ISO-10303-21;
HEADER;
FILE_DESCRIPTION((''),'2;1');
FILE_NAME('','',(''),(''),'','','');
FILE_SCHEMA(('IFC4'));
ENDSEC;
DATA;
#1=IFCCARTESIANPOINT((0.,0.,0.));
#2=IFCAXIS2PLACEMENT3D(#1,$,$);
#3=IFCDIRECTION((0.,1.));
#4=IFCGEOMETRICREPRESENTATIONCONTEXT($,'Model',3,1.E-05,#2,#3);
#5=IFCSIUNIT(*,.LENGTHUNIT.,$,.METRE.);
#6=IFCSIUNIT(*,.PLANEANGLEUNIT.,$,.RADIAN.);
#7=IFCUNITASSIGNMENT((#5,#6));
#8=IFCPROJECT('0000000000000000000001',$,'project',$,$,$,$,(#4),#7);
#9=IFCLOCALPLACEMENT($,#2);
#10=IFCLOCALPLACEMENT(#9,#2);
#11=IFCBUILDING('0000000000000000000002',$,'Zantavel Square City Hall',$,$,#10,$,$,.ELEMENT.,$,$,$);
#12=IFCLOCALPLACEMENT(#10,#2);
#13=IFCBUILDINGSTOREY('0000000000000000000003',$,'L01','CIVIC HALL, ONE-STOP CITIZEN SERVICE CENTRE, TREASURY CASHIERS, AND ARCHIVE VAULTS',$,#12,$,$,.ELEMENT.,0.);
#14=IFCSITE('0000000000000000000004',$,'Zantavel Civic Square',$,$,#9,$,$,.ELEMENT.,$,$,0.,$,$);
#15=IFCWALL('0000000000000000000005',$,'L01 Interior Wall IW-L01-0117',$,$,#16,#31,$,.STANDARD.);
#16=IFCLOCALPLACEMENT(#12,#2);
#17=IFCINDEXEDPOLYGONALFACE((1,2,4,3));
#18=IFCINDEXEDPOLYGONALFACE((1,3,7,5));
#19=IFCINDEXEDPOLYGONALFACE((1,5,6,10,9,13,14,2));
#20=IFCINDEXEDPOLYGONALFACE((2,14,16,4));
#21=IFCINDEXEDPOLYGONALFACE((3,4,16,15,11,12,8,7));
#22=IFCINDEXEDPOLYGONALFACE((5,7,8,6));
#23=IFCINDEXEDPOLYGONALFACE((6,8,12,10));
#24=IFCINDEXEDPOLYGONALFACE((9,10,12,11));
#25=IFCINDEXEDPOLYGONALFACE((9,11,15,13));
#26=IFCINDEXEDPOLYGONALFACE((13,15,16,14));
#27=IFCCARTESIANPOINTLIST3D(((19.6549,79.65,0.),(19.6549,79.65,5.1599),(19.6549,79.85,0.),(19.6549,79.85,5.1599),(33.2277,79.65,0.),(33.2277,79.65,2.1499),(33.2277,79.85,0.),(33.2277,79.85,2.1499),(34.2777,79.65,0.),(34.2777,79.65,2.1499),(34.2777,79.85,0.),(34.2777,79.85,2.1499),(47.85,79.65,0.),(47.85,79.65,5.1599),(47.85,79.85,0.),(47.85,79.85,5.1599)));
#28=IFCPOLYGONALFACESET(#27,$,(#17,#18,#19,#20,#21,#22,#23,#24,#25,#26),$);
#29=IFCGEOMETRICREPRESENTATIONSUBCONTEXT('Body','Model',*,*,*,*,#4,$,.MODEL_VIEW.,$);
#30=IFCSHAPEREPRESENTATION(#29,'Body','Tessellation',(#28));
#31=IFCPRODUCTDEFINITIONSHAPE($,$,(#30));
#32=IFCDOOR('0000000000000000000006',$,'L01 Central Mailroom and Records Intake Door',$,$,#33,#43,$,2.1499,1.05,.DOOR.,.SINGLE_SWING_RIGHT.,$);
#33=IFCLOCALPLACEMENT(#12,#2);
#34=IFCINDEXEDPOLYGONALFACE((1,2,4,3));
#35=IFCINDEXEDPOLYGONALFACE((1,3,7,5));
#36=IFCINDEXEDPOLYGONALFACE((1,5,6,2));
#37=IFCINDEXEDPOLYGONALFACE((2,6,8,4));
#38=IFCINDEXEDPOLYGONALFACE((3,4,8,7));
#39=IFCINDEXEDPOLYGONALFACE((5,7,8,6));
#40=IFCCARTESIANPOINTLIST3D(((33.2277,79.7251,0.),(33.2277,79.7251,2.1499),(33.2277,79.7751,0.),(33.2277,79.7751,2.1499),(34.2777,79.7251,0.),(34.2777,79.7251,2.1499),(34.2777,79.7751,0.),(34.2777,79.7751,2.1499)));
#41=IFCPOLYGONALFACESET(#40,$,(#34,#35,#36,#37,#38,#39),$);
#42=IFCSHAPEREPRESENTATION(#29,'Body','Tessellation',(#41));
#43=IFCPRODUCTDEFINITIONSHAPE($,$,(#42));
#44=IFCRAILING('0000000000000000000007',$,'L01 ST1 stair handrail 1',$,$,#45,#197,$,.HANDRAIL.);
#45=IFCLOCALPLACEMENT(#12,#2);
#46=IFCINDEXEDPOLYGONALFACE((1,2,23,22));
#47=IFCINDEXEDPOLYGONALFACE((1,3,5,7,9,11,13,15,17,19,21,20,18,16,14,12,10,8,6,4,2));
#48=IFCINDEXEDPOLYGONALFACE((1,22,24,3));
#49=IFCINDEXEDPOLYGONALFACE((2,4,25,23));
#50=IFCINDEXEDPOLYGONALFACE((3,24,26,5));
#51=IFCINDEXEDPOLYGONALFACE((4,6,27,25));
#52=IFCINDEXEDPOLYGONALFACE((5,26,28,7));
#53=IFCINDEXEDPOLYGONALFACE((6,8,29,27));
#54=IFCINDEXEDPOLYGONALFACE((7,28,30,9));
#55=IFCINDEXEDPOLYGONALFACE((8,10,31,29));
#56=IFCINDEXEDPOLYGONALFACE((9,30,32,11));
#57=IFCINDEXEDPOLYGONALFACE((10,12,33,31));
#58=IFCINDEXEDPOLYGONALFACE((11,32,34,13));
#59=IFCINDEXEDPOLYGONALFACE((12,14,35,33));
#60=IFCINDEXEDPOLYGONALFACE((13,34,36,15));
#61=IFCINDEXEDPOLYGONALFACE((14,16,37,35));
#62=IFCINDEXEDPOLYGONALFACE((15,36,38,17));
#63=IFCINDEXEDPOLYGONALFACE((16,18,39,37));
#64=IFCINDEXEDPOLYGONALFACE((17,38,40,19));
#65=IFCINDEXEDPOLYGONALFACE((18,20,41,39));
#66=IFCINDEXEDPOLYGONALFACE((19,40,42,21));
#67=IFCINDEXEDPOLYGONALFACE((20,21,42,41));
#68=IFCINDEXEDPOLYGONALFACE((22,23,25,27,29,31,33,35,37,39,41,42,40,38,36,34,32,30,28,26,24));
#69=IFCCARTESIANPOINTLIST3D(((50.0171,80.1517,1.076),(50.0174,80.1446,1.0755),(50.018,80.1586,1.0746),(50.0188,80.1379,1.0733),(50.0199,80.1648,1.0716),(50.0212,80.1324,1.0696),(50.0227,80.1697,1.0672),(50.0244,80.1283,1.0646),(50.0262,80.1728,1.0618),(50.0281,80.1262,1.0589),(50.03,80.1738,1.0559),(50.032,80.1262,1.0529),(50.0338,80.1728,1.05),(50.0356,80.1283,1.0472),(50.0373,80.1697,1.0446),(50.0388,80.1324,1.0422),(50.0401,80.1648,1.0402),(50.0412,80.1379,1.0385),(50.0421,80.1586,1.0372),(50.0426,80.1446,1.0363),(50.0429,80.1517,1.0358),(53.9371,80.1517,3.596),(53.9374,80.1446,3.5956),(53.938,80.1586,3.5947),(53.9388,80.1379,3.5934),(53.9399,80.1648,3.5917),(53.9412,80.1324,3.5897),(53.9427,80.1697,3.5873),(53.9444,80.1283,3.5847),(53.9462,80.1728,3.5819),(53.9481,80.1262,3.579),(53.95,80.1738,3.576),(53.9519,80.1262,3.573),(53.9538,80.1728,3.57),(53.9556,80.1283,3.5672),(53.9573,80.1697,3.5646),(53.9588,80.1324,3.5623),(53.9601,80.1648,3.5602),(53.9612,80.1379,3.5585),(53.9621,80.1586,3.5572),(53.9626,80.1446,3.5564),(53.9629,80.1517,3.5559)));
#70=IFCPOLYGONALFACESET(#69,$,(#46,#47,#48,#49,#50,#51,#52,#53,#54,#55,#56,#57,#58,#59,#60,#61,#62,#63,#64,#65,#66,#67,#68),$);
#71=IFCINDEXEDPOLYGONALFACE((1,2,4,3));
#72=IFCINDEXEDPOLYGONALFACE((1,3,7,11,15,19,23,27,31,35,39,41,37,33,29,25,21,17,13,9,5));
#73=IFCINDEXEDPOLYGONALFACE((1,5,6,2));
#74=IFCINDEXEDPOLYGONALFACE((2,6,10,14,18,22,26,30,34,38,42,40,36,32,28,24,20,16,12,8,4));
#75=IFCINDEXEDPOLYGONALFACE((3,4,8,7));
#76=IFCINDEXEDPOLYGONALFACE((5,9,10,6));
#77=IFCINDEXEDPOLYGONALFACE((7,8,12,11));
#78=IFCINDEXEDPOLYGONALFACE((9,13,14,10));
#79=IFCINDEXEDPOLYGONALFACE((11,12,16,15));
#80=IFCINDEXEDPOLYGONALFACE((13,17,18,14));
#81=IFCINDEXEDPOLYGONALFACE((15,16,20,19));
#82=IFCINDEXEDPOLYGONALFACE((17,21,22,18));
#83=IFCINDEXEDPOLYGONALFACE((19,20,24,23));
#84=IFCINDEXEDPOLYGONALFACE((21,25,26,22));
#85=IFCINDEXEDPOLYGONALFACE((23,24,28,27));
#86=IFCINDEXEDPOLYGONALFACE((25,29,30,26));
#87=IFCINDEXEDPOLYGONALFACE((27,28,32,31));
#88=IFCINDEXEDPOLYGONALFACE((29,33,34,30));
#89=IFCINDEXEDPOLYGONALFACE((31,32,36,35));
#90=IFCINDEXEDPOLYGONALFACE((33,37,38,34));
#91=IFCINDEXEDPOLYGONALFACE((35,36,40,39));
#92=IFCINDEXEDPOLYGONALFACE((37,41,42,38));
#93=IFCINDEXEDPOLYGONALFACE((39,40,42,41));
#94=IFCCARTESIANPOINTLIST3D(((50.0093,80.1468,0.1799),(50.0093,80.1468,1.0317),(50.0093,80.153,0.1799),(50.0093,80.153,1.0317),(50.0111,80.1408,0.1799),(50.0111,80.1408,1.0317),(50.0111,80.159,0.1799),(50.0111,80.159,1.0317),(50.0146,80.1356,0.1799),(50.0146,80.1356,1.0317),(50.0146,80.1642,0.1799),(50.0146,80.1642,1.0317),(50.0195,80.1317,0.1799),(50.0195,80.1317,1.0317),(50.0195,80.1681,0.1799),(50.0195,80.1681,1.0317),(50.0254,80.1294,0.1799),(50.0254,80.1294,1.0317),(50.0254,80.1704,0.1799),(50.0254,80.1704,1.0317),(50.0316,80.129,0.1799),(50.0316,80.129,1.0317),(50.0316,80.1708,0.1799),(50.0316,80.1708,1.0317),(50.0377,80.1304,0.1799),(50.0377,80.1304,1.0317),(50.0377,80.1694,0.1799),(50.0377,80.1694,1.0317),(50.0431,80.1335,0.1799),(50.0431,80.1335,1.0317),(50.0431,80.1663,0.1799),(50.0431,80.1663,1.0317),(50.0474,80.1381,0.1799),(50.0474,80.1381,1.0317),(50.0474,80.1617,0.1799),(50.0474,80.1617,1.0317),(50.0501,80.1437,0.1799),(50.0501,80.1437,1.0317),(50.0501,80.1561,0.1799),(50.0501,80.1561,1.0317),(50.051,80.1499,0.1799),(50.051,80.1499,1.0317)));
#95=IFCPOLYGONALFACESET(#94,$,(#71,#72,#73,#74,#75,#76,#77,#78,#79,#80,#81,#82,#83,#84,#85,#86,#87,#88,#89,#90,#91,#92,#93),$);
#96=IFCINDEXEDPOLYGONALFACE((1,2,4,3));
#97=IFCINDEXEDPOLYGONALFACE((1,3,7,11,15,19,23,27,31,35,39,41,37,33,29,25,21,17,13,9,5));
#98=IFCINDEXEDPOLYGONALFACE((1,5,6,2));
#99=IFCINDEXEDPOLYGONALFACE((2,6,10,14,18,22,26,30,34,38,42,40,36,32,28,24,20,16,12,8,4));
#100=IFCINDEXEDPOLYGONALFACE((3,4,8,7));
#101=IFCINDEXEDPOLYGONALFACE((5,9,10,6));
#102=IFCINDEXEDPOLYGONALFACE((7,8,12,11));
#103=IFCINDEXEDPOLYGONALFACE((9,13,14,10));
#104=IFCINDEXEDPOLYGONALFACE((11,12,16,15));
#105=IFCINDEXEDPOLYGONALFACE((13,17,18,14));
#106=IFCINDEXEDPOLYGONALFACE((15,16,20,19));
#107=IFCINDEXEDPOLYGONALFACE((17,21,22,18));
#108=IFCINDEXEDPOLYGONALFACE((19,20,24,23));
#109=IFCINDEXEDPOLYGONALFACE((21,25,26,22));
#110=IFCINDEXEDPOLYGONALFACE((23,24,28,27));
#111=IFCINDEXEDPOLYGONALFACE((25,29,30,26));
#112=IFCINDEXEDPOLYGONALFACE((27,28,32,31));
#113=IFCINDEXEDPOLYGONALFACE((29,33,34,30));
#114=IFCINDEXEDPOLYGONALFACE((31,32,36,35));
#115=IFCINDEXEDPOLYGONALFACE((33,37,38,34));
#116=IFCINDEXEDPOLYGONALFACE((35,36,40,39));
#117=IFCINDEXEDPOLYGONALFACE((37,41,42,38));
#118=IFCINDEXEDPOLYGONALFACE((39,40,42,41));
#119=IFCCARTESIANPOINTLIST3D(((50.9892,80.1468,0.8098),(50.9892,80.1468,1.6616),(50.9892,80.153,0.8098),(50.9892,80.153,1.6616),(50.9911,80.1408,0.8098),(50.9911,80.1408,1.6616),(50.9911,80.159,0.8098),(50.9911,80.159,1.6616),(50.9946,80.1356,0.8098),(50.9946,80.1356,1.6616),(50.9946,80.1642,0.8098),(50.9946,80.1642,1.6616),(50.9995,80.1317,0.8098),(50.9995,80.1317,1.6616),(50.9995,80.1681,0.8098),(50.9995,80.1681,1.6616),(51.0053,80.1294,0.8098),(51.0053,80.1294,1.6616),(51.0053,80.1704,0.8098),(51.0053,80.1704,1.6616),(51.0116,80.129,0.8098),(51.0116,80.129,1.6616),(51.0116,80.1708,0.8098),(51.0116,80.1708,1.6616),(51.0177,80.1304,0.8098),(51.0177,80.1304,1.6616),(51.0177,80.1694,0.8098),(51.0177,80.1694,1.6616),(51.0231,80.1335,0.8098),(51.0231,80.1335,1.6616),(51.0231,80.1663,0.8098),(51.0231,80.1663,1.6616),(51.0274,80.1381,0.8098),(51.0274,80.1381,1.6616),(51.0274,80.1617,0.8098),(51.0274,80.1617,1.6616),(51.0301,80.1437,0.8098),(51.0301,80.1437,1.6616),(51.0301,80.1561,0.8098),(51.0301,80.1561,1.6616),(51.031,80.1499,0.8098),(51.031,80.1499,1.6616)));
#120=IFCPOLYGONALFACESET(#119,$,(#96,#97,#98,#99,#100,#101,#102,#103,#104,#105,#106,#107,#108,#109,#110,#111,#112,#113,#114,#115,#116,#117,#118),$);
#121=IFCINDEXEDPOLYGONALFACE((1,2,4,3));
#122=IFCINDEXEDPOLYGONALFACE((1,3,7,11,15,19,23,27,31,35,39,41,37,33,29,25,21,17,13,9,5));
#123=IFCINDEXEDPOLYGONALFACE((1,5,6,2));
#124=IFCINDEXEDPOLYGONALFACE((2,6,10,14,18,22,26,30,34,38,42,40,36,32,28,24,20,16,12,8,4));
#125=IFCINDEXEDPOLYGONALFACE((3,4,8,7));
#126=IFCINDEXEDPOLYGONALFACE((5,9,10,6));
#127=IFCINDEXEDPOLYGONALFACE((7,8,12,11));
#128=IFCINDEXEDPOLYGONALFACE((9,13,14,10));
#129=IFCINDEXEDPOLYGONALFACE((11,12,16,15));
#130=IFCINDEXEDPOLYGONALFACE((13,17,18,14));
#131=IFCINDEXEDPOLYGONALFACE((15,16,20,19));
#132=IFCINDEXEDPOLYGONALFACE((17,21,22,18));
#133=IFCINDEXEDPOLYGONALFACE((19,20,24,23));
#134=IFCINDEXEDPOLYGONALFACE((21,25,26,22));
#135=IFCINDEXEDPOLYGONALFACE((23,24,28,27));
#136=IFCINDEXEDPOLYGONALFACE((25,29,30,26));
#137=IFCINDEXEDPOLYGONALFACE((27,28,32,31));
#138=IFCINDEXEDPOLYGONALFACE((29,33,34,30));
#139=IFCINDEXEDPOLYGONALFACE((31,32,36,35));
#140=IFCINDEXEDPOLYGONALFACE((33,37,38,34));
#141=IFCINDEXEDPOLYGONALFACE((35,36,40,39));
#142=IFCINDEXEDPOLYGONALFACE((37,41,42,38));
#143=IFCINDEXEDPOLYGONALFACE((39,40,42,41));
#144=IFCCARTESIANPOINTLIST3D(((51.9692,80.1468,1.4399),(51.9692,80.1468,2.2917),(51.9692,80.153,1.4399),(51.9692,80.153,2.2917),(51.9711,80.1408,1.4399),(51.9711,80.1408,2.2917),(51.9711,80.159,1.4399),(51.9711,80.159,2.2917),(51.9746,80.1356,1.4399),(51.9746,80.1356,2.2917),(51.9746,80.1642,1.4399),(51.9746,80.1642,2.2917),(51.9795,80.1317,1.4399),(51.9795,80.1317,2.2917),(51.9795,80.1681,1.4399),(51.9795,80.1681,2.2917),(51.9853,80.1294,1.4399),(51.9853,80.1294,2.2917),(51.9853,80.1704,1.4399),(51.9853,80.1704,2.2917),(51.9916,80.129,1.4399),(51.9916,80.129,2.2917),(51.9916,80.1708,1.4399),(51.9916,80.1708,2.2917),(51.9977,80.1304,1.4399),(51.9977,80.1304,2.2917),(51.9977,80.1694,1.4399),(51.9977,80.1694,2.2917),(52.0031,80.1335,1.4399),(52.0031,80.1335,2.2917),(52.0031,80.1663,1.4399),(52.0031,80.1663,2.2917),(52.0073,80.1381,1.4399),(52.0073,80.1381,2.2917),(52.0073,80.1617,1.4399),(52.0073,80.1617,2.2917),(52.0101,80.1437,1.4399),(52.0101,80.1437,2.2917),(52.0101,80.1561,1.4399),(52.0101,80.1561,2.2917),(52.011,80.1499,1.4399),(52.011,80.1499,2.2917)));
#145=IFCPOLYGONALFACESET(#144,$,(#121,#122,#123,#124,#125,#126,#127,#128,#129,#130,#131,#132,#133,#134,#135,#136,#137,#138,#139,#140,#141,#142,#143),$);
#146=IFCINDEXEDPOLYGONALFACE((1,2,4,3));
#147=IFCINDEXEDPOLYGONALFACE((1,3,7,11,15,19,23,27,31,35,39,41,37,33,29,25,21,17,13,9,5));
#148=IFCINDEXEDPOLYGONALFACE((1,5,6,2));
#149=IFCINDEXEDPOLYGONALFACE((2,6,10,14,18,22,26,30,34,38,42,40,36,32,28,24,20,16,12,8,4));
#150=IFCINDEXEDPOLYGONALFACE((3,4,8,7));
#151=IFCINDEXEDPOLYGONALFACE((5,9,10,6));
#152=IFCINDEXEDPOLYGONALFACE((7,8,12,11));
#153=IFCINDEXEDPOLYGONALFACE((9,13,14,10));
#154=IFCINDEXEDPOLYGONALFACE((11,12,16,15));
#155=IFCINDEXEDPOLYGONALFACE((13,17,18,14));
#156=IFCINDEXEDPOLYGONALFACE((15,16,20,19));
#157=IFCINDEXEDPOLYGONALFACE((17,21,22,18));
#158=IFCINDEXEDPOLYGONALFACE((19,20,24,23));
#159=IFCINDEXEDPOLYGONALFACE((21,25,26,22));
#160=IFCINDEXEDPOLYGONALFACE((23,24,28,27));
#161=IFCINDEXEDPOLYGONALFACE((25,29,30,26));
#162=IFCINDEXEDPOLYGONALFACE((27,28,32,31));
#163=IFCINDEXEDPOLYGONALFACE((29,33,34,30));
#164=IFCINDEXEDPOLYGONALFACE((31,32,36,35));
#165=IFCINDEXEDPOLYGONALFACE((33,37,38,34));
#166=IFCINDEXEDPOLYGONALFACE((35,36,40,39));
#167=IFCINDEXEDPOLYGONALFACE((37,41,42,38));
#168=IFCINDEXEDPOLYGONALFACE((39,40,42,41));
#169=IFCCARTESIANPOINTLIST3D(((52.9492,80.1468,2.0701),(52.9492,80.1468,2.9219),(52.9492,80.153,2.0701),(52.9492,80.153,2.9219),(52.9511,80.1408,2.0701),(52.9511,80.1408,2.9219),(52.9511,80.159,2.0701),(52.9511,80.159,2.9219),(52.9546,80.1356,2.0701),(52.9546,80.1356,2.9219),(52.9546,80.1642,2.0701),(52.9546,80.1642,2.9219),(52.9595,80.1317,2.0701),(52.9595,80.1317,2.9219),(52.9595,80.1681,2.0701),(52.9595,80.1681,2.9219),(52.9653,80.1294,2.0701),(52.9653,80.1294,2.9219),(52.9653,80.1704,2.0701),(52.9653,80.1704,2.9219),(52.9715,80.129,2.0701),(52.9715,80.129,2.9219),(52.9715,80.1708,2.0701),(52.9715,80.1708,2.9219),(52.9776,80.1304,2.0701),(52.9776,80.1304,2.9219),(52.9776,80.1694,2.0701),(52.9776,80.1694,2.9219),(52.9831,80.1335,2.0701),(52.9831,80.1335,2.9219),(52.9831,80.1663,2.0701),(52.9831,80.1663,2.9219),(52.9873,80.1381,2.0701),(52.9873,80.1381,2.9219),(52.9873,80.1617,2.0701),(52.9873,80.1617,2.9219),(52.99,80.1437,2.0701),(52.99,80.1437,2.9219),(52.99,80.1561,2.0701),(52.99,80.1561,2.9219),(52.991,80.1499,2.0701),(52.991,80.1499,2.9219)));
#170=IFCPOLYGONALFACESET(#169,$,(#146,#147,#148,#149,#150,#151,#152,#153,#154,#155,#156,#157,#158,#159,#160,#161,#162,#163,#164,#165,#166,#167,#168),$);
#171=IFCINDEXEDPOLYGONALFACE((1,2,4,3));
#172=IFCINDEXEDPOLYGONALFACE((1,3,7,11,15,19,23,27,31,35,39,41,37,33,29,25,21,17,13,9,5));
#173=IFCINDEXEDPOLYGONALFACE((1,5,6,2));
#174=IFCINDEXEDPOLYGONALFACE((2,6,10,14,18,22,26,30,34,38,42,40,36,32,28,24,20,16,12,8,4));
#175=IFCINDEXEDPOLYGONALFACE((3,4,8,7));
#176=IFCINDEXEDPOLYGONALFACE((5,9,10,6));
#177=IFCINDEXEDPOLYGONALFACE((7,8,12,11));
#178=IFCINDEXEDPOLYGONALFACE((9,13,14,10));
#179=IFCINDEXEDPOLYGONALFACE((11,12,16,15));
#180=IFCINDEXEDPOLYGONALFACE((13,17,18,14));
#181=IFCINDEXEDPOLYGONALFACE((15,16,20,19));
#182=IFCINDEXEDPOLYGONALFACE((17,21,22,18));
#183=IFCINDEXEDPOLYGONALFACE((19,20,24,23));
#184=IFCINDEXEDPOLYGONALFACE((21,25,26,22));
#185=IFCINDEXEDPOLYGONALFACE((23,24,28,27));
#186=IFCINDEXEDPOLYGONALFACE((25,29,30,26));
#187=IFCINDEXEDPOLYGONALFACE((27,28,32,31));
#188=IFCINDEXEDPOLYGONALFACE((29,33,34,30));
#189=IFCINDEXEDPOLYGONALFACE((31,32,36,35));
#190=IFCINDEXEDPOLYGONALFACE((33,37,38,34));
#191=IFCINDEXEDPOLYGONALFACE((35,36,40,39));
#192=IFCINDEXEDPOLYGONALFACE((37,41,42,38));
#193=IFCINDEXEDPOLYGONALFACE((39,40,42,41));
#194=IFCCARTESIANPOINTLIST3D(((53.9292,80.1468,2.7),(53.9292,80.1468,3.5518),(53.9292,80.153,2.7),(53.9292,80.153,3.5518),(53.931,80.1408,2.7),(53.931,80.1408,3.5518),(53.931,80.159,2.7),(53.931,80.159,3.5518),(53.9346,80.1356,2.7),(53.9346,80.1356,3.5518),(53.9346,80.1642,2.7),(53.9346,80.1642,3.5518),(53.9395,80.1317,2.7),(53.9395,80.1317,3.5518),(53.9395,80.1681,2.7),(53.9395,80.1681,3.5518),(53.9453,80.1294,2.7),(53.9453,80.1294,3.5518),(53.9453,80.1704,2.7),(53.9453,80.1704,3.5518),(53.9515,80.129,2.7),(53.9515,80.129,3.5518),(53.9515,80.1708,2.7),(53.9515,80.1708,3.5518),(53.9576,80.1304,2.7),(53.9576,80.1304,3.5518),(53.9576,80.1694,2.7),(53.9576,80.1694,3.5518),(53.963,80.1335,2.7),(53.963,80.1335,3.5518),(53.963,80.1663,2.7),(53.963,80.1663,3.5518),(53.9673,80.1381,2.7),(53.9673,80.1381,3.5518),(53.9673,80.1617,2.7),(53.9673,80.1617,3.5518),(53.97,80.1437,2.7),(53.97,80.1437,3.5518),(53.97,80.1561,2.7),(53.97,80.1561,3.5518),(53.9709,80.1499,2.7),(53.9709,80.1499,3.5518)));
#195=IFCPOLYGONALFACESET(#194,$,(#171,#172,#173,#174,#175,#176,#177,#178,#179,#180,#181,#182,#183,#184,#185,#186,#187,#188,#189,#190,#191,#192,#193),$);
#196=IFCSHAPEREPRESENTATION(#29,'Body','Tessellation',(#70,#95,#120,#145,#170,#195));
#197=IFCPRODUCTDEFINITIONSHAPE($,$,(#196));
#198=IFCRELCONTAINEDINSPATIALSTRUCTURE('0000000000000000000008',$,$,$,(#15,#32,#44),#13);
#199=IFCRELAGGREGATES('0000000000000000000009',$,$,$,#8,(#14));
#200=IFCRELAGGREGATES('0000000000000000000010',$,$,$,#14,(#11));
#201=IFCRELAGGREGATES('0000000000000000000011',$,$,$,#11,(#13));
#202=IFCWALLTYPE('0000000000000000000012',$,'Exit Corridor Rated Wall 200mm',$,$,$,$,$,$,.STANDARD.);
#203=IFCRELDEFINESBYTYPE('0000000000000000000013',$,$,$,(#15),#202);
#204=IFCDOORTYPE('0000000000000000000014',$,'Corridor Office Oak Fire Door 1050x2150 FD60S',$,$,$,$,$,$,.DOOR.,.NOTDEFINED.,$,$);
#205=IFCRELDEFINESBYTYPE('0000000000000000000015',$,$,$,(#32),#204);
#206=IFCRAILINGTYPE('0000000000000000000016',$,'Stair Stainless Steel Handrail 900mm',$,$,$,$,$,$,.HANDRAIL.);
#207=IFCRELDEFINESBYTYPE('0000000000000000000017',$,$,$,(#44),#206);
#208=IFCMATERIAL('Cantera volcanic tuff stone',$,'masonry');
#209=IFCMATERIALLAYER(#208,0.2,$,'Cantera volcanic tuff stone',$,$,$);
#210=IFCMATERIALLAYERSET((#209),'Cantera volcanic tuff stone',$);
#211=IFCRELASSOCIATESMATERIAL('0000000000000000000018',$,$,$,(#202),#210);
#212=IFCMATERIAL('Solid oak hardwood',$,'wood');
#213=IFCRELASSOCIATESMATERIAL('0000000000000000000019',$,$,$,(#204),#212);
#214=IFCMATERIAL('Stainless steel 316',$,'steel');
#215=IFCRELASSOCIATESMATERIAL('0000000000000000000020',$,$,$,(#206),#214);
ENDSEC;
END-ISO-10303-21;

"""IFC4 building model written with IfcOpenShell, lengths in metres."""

from ifc_helpers import new_model, si_unit, direction, frame, frame_2d, origin, origin_2d, place, context, subcontext, project, spatial, rectangle, circle, extrude, material, layer, layer_set, type_object, element, fill, save


model = new_model("IFC4")

# Units and contexts
model_context = context("Model", 3, precision=1e-05, world=origin(), true_north=direction((0.0, 1.0)))
body_context = subcontext(model_context, "Body", "Model", "MODEL_VIEW")
ifc_project = project(units=[si_unit("LENGTHUNIT", "METRE"), si_unit("PLANEANGLEUNIT", "RADIAN")], contexts=[model_context])

# Site, building, storey
site_placement = place(None, origin())
site = spatial("IfcSite", under=ifc_project, at=site_placement, Name="Zantavel Civic Square", CompositionType="ELEMENT", RefElevation=0.0)
building_placement = place(site_placement, origin())
building = spatial("IfcBuilding", under=site, at=building_placement, Name="Zantavel Square City Hall", CompositionType="ELEMENT")
storey_placement = place(building_placement, origin())
storey = spatial("IfcBuildingStorey", under=building, at=storey_placement, Name="L01", Description="CIVIC HALL, ONE-STOP CITIZEN SERVICE CENTRE, TREASURY CASHIERS, AND ARCHIVE VAULTS", CompositionType="ELEMENT", Elevation=0.0)

# Shared definitions
ifc_material_1 = material(Name="Cantera volcanic tuff stone", Category="masonry")
ifc_layer_1 = layer(ifc_material_1, 0.2, Name="Cantera volcanic tuff stone")
ifc_layer_set_1 = layer_set([ifc_layer_1], Name="Cantera volcanic tuff stone")
wall_type_1 = type_object("IfcWallType", Name="Exit Corridor Rated Wall 200mm", PredefinedType="STANDARD", material=ifc_layer_set_1)

# Shared definitions
ifc_material_2 = material(Name="Solid oak hardwood", Category="wood")

# Wall, opening, door
wall_1_placement = place(storey_placement, frame((47.8501, 79.75, 0.0), z_axis=(0.0, 0.0, 1.0), x_axis=(-1.0, 0.0, 0.0)))
wall_1 = element("IfcWall", 1, at=wall_1_placement, inside=storey, type_object=wall_type_1, Name="L01 Interior Wall IW-L01-0117", PredefinedType="STANDARD", context=body_context, shape_type="SweptSolid", body=[
    extrude(rectangle(XDim=28.1951, YDim=0.2, at=frame_2d((14.0977, 0.0))), origin(), (0.0, 0.0, 1.0), 5.1599),
])
opening_1_placement = place(wall_1_placement, frame((13.5725, 0.0, 0.0)))
opening_1 = element("IfcOpeningElement", 2, at=opening_1_placement, cuts=wall_1, PredefinedType="OPENING", context=body_context, shape_type="SweptSolid", body=[
    extrude(rectangle(XDim=1.05, YDim=2.1499, at=frame_2d((0.5249, 1.075))), frame((0.0, 0.1099, 0.0), z_axis=(0.0, -1.0, 0.0), x_axis=(1.0, 0.0, 0.0)), (0.0, 0.0, 1.0), 0.22),
])
door_type_1 = type_object("IfcDoorType", Name="Corridor Office Oak Fire Door 1050x2150 FD60S", OperationType="NOTDEFINED", PredefinedType="DOOR", material=ifc_material_2)
door_1_placement = place(opening_1_placement, origin())
door_1 = element("IfcDoor", 3, at=door_1_placement, inside=storey, type_object=door_type_1, Name="L01 Central Mailroom and Records Intake Door", OperationType="SINGLE_SWING_RIGHT", OverallHeight=2.1499, OverallWidth=1.05, PredefinedType="DOOR", context=body_context, shape_type="SweptSolid", body=[
    extrude(rectangle(XDim=1.05, YDim=2.1499, at=frame_2d((0.5249, 1.075))), frame((0.0, 0.0249, 0.0), z_axis=(0.0, -1.0, 0.0), x_axis=(1.0, 0.0, 0.0)), (0.0, 0.0, 1.0), 0.05),
])
fill(opening_1, door_1)

# Railing
ifc_material_3 = material(Name="Stainless steel 316", Category="steel")
railing_type = type_object("IfcRailingType", Name="Stair Stainless Steel Handrail 900mm", PredefinedType="HANDRAIL", material=ifc_material_3)
railing_placement = place(storey_placement, frame((50.03, 80.1499, 0.1799)))
element("IfcRailing", 4, at=railing_placement, inside=storey, type_object=railing_type, Name="L01 ST1 stair handrail 1", PredefinedType="HANDRAIL", context=body_context, shape_type="SweptSolid", body=[
    extrude(circle(Radius=0.0239, at=origin_2d()), frame((0.0, 0.0, 0.876), z_axis=(0.841172, 0.0, 0.540768), x_axis=(0.0, 1.0, 0.0)), (0.0, 0.0, 1.0), 4.6602),
    extrude(circle(Radius=0.021, at=origin_2d()), origin(), (0.0, 0.0, 1.0), 0.8518),
    extrude(circle(Radius=0.021, at=origin_2d()), frame((0.98, 0.0, 0.6299)), (0.0, 0.0, 1.0), 0.8518),
    extrude(circle(Radius=0.021, at=origin_2d()), frame((1.96, 0.0, 1.26)), (0.0, 0.0, 1.0), 0.8518),
    extrude(circle(Radius=0.021, at=origin_2d()), frame((2.9399, 0.0, 1.8901)), (0.0, 0.0, 1.0), 0.8518),
    extrude(circle(Radius=0.021, at=origin_2d()), frame((3.9199, 0.0, 2.52)), (0.0, 0.0, 1.0), 0.8518),
])

save(model, "model.ifc")
